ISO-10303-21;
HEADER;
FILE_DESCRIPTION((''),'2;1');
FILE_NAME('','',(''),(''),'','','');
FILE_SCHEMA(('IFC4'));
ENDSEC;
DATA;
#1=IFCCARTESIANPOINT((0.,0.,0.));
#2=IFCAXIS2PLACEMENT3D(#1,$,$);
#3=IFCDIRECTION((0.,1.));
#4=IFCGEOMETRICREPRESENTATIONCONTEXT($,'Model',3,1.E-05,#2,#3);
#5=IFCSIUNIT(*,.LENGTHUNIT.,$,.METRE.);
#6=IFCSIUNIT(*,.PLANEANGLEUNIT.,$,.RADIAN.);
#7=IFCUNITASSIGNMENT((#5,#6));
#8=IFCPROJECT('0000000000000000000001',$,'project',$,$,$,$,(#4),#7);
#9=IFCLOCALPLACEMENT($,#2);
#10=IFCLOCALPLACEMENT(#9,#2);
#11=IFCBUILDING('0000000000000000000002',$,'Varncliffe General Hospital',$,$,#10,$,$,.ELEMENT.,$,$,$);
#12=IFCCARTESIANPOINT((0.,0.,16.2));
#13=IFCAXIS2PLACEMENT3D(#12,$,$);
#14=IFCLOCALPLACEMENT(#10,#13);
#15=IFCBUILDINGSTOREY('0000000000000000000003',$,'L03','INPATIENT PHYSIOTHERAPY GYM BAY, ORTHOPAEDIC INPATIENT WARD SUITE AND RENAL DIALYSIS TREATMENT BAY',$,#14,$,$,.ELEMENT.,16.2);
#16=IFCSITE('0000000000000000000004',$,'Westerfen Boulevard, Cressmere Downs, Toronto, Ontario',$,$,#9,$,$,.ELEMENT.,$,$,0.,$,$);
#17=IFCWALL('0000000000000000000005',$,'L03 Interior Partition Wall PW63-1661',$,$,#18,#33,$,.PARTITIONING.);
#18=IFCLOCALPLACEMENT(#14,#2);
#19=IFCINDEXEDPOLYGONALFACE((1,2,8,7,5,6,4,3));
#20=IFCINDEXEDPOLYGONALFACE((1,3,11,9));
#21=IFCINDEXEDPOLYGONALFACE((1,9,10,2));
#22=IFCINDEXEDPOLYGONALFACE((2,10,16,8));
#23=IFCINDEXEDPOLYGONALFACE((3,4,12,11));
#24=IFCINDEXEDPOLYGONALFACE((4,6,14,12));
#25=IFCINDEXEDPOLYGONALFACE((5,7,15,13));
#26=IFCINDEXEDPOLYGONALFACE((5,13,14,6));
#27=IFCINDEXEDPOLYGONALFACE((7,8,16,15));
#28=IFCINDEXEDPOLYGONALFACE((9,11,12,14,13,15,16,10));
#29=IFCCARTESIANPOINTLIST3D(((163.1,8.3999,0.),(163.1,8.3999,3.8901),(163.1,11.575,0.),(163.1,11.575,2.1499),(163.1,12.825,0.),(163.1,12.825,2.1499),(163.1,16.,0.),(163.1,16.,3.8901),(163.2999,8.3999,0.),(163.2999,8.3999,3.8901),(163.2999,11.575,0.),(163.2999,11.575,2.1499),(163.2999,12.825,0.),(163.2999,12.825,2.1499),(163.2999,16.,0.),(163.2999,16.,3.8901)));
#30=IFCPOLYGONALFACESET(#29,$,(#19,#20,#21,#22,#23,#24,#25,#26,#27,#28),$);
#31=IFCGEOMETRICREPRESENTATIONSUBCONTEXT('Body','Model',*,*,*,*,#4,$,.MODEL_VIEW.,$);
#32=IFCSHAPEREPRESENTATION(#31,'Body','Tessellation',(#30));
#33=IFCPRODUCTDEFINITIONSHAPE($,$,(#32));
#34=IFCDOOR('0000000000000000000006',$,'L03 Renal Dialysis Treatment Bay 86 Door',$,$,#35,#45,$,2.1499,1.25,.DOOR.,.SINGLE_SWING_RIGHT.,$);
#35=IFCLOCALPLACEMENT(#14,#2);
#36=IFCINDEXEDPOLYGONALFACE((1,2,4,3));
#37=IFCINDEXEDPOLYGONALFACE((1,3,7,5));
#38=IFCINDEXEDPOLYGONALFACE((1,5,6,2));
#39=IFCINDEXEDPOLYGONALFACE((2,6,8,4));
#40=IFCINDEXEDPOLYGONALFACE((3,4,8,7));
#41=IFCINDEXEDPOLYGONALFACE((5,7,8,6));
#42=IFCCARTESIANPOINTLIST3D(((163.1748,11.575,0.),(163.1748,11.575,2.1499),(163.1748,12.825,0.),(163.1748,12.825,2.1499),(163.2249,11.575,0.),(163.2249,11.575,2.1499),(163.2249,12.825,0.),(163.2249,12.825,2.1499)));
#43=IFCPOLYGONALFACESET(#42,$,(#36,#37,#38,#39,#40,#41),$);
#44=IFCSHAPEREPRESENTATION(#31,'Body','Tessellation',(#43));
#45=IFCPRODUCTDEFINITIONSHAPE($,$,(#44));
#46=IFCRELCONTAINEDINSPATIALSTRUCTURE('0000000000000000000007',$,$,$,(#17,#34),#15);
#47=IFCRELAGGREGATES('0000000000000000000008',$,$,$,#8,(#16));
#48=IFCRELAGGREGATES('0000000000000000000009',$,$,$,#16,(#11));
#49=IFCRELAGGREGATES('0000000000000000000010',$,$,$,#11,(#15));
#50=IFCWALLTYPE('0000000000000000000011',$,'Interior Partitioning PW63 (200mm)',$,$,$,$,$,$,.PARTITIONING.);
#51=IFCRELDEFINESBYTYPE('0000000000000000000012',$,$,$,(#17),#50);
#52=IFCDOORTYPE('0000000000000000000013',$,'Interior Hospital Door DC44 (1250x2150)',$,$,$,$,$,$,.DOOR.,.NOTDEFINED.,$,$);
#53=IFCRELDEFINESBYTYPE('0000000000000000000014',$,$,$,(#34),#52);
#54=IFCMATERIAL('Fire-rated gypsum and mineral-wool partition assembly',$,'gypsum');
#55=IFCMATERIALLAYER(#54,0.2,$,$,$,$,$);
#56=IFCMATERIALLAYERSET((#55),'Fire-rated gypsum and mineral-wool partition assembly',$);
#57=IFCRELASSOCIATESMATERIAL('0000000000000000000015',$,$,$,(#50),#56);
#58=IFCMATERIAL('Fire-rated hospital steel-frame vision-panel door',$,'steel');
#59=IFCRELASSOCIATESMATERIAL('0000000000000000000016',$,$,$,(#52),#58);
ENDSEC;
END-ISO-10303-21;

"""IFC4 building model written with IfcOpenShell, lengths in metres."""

from ifc_helpers import new_model, si_unit, direction, frame, frame_2d, origin, place, context, subcontext, project, spatial, rectangle, extrude, material, layer, layer_set, type_object, element, fill, save


model = new_model("IFC4")

# Units and contexts
model_context = context("Model", 3, precision=1e-05, world=origin(), true_north=direction((0.0, 1.0)))
body_context = subcontext(model_context, "Body", "Model", "MODEL_VIEW")
ifc_project = project(units=[si_unit("LENGTHUNIT", "METRE"), si_unit("PLANEANGLEUNIT", "RADIAN")], contexts=[model_context])

# Site, building, storey
site_placement = place(None, origin())
site = spatial("IfcSite", under=ifc_project, at=site_placement, Name="Westerfen Boulevard, Cressmere Downs, Toronto, Ontario", CompositionType="ELEMENT", RefElevation=0.0)
building_placement = place(site_placement, origin())
building = spatial("IfcBuilding", under=site, at=building_placement, Name="Varncliffe General Hospital", CompositionType="ELEMENT")
storey_placement = place(building_placement, frame((0.0, 0.0, 16.2)))
storey = spatial("IfcBuildingStorey", under=building, at=storey_placement, Name="L03", Description="INPATIENT PHYSIOTHERAPY GYM BAY, ORTHOPAEDIC INPATIENT WARD SUITE AND RENAL DIALYSIS TREATMENT BAY", CompositionType="ELEMENT", Elevation=16.2)

# Wall, opening, door
ifc_material_1 = material(Name="Fire-rated gypsum and mineral-wool partition assembly", Category="gypsum")
ifc_layer_1 = layer(ifc_material_1, 0.2)
ifc_layer_set_1 = layer_set([ifc_layer_1], Name="Fire-rated gypsum and mineral-wool partition assembly")
wall_type_1 = type_object("IfcWallType", Name="Interior Partitioning PW63 (200mm)", PredefinedType="PARTITIONING", material=ifc_layer_set_1)
ifc_material_2 = material(Name="Fire-rated hospital steel-frame vision-panel door", Category="steel")
wall_1_placement = place(storey_placement, frame((163.2, 8.3999, 0.0), z_axis=(0.0, 0.0, 1.0), x_axis=(0.0, 1.0, 0.0)))
wall_1 = element("IfcWall", 1, at=wall_1_placement, inside=storey, type_object=wall_type_1, Name="L03 Interior Partition Wall PW63-1661", PredefinedType="PARTITIONING", context=body_context, shape_type="SweptSolid", body=[
    extrude(rectangle(XDim=7.6001, YDim=0.2, at=frame_2d((3.8, 0.0))), origin(), (0.0, 0.0, 1.0), 3.8901),
])
opening_1_placement = place(wall_1_placement, frame((3.175, 0.0, 0.0)))
opening_1 = element("IfcOpeningElement", 2, at=opening_1_placement, cuts=wall_1, PredefinedType="OPENING", context=body_context, shape_type="SweptSolid", body=[
    extrude(rectangle(XDim=1.25, YDim=2.1499, at=frame_2d((0.625, 1.075))), frame((0.0, 0.1099, 0.0), z_axis=(0.0, -1.0, 0.0), x_axis=(1.0, 0.0, 0.0)), (0.0, 0.0, 1.0), 0.22),
])
door_type_1 = type_object("IfcDoorType", Name="Interior Hospital Door DC44 (1250x2150)", OperationType="NOTDEFINED", PredefinedType="DOOR", material=ifc_material_2)
door_1_placement = place(opening_1_placement, frame((1.25, 0.0, 0.0), z_axis=(0.0, 0.0, 1.0), x_axis=(-1.0, 0.0, 0.0)))
door_1 = element("IfcDoor", 3, at=door_1_placement, inside=storey, type_object=door_type_1, Name="L03 Renal Dialysis Treatment Bay 86 Door", OperationType="SINGLE_SWING_RIGHT", OverallHeight=2.1499, OverallWidth=1.25, PredefinedType="DOOR", context=body_context, shape_type="SweptSolid", body=[
    extrude(rectangle(XDim=1.25, YDim=2.1499, at=frame_2d((0.625, 1.075))), frame((0.0, 0.0249, 0.0), z_axis=(0.0, -1.0, 0.0), x_axis=(1.0, 0.0, 0.0)), (0.0, 0.0, 1.0), 0.05),
])
fill(opening_1, door_1)

save(model, "model.ifc")
